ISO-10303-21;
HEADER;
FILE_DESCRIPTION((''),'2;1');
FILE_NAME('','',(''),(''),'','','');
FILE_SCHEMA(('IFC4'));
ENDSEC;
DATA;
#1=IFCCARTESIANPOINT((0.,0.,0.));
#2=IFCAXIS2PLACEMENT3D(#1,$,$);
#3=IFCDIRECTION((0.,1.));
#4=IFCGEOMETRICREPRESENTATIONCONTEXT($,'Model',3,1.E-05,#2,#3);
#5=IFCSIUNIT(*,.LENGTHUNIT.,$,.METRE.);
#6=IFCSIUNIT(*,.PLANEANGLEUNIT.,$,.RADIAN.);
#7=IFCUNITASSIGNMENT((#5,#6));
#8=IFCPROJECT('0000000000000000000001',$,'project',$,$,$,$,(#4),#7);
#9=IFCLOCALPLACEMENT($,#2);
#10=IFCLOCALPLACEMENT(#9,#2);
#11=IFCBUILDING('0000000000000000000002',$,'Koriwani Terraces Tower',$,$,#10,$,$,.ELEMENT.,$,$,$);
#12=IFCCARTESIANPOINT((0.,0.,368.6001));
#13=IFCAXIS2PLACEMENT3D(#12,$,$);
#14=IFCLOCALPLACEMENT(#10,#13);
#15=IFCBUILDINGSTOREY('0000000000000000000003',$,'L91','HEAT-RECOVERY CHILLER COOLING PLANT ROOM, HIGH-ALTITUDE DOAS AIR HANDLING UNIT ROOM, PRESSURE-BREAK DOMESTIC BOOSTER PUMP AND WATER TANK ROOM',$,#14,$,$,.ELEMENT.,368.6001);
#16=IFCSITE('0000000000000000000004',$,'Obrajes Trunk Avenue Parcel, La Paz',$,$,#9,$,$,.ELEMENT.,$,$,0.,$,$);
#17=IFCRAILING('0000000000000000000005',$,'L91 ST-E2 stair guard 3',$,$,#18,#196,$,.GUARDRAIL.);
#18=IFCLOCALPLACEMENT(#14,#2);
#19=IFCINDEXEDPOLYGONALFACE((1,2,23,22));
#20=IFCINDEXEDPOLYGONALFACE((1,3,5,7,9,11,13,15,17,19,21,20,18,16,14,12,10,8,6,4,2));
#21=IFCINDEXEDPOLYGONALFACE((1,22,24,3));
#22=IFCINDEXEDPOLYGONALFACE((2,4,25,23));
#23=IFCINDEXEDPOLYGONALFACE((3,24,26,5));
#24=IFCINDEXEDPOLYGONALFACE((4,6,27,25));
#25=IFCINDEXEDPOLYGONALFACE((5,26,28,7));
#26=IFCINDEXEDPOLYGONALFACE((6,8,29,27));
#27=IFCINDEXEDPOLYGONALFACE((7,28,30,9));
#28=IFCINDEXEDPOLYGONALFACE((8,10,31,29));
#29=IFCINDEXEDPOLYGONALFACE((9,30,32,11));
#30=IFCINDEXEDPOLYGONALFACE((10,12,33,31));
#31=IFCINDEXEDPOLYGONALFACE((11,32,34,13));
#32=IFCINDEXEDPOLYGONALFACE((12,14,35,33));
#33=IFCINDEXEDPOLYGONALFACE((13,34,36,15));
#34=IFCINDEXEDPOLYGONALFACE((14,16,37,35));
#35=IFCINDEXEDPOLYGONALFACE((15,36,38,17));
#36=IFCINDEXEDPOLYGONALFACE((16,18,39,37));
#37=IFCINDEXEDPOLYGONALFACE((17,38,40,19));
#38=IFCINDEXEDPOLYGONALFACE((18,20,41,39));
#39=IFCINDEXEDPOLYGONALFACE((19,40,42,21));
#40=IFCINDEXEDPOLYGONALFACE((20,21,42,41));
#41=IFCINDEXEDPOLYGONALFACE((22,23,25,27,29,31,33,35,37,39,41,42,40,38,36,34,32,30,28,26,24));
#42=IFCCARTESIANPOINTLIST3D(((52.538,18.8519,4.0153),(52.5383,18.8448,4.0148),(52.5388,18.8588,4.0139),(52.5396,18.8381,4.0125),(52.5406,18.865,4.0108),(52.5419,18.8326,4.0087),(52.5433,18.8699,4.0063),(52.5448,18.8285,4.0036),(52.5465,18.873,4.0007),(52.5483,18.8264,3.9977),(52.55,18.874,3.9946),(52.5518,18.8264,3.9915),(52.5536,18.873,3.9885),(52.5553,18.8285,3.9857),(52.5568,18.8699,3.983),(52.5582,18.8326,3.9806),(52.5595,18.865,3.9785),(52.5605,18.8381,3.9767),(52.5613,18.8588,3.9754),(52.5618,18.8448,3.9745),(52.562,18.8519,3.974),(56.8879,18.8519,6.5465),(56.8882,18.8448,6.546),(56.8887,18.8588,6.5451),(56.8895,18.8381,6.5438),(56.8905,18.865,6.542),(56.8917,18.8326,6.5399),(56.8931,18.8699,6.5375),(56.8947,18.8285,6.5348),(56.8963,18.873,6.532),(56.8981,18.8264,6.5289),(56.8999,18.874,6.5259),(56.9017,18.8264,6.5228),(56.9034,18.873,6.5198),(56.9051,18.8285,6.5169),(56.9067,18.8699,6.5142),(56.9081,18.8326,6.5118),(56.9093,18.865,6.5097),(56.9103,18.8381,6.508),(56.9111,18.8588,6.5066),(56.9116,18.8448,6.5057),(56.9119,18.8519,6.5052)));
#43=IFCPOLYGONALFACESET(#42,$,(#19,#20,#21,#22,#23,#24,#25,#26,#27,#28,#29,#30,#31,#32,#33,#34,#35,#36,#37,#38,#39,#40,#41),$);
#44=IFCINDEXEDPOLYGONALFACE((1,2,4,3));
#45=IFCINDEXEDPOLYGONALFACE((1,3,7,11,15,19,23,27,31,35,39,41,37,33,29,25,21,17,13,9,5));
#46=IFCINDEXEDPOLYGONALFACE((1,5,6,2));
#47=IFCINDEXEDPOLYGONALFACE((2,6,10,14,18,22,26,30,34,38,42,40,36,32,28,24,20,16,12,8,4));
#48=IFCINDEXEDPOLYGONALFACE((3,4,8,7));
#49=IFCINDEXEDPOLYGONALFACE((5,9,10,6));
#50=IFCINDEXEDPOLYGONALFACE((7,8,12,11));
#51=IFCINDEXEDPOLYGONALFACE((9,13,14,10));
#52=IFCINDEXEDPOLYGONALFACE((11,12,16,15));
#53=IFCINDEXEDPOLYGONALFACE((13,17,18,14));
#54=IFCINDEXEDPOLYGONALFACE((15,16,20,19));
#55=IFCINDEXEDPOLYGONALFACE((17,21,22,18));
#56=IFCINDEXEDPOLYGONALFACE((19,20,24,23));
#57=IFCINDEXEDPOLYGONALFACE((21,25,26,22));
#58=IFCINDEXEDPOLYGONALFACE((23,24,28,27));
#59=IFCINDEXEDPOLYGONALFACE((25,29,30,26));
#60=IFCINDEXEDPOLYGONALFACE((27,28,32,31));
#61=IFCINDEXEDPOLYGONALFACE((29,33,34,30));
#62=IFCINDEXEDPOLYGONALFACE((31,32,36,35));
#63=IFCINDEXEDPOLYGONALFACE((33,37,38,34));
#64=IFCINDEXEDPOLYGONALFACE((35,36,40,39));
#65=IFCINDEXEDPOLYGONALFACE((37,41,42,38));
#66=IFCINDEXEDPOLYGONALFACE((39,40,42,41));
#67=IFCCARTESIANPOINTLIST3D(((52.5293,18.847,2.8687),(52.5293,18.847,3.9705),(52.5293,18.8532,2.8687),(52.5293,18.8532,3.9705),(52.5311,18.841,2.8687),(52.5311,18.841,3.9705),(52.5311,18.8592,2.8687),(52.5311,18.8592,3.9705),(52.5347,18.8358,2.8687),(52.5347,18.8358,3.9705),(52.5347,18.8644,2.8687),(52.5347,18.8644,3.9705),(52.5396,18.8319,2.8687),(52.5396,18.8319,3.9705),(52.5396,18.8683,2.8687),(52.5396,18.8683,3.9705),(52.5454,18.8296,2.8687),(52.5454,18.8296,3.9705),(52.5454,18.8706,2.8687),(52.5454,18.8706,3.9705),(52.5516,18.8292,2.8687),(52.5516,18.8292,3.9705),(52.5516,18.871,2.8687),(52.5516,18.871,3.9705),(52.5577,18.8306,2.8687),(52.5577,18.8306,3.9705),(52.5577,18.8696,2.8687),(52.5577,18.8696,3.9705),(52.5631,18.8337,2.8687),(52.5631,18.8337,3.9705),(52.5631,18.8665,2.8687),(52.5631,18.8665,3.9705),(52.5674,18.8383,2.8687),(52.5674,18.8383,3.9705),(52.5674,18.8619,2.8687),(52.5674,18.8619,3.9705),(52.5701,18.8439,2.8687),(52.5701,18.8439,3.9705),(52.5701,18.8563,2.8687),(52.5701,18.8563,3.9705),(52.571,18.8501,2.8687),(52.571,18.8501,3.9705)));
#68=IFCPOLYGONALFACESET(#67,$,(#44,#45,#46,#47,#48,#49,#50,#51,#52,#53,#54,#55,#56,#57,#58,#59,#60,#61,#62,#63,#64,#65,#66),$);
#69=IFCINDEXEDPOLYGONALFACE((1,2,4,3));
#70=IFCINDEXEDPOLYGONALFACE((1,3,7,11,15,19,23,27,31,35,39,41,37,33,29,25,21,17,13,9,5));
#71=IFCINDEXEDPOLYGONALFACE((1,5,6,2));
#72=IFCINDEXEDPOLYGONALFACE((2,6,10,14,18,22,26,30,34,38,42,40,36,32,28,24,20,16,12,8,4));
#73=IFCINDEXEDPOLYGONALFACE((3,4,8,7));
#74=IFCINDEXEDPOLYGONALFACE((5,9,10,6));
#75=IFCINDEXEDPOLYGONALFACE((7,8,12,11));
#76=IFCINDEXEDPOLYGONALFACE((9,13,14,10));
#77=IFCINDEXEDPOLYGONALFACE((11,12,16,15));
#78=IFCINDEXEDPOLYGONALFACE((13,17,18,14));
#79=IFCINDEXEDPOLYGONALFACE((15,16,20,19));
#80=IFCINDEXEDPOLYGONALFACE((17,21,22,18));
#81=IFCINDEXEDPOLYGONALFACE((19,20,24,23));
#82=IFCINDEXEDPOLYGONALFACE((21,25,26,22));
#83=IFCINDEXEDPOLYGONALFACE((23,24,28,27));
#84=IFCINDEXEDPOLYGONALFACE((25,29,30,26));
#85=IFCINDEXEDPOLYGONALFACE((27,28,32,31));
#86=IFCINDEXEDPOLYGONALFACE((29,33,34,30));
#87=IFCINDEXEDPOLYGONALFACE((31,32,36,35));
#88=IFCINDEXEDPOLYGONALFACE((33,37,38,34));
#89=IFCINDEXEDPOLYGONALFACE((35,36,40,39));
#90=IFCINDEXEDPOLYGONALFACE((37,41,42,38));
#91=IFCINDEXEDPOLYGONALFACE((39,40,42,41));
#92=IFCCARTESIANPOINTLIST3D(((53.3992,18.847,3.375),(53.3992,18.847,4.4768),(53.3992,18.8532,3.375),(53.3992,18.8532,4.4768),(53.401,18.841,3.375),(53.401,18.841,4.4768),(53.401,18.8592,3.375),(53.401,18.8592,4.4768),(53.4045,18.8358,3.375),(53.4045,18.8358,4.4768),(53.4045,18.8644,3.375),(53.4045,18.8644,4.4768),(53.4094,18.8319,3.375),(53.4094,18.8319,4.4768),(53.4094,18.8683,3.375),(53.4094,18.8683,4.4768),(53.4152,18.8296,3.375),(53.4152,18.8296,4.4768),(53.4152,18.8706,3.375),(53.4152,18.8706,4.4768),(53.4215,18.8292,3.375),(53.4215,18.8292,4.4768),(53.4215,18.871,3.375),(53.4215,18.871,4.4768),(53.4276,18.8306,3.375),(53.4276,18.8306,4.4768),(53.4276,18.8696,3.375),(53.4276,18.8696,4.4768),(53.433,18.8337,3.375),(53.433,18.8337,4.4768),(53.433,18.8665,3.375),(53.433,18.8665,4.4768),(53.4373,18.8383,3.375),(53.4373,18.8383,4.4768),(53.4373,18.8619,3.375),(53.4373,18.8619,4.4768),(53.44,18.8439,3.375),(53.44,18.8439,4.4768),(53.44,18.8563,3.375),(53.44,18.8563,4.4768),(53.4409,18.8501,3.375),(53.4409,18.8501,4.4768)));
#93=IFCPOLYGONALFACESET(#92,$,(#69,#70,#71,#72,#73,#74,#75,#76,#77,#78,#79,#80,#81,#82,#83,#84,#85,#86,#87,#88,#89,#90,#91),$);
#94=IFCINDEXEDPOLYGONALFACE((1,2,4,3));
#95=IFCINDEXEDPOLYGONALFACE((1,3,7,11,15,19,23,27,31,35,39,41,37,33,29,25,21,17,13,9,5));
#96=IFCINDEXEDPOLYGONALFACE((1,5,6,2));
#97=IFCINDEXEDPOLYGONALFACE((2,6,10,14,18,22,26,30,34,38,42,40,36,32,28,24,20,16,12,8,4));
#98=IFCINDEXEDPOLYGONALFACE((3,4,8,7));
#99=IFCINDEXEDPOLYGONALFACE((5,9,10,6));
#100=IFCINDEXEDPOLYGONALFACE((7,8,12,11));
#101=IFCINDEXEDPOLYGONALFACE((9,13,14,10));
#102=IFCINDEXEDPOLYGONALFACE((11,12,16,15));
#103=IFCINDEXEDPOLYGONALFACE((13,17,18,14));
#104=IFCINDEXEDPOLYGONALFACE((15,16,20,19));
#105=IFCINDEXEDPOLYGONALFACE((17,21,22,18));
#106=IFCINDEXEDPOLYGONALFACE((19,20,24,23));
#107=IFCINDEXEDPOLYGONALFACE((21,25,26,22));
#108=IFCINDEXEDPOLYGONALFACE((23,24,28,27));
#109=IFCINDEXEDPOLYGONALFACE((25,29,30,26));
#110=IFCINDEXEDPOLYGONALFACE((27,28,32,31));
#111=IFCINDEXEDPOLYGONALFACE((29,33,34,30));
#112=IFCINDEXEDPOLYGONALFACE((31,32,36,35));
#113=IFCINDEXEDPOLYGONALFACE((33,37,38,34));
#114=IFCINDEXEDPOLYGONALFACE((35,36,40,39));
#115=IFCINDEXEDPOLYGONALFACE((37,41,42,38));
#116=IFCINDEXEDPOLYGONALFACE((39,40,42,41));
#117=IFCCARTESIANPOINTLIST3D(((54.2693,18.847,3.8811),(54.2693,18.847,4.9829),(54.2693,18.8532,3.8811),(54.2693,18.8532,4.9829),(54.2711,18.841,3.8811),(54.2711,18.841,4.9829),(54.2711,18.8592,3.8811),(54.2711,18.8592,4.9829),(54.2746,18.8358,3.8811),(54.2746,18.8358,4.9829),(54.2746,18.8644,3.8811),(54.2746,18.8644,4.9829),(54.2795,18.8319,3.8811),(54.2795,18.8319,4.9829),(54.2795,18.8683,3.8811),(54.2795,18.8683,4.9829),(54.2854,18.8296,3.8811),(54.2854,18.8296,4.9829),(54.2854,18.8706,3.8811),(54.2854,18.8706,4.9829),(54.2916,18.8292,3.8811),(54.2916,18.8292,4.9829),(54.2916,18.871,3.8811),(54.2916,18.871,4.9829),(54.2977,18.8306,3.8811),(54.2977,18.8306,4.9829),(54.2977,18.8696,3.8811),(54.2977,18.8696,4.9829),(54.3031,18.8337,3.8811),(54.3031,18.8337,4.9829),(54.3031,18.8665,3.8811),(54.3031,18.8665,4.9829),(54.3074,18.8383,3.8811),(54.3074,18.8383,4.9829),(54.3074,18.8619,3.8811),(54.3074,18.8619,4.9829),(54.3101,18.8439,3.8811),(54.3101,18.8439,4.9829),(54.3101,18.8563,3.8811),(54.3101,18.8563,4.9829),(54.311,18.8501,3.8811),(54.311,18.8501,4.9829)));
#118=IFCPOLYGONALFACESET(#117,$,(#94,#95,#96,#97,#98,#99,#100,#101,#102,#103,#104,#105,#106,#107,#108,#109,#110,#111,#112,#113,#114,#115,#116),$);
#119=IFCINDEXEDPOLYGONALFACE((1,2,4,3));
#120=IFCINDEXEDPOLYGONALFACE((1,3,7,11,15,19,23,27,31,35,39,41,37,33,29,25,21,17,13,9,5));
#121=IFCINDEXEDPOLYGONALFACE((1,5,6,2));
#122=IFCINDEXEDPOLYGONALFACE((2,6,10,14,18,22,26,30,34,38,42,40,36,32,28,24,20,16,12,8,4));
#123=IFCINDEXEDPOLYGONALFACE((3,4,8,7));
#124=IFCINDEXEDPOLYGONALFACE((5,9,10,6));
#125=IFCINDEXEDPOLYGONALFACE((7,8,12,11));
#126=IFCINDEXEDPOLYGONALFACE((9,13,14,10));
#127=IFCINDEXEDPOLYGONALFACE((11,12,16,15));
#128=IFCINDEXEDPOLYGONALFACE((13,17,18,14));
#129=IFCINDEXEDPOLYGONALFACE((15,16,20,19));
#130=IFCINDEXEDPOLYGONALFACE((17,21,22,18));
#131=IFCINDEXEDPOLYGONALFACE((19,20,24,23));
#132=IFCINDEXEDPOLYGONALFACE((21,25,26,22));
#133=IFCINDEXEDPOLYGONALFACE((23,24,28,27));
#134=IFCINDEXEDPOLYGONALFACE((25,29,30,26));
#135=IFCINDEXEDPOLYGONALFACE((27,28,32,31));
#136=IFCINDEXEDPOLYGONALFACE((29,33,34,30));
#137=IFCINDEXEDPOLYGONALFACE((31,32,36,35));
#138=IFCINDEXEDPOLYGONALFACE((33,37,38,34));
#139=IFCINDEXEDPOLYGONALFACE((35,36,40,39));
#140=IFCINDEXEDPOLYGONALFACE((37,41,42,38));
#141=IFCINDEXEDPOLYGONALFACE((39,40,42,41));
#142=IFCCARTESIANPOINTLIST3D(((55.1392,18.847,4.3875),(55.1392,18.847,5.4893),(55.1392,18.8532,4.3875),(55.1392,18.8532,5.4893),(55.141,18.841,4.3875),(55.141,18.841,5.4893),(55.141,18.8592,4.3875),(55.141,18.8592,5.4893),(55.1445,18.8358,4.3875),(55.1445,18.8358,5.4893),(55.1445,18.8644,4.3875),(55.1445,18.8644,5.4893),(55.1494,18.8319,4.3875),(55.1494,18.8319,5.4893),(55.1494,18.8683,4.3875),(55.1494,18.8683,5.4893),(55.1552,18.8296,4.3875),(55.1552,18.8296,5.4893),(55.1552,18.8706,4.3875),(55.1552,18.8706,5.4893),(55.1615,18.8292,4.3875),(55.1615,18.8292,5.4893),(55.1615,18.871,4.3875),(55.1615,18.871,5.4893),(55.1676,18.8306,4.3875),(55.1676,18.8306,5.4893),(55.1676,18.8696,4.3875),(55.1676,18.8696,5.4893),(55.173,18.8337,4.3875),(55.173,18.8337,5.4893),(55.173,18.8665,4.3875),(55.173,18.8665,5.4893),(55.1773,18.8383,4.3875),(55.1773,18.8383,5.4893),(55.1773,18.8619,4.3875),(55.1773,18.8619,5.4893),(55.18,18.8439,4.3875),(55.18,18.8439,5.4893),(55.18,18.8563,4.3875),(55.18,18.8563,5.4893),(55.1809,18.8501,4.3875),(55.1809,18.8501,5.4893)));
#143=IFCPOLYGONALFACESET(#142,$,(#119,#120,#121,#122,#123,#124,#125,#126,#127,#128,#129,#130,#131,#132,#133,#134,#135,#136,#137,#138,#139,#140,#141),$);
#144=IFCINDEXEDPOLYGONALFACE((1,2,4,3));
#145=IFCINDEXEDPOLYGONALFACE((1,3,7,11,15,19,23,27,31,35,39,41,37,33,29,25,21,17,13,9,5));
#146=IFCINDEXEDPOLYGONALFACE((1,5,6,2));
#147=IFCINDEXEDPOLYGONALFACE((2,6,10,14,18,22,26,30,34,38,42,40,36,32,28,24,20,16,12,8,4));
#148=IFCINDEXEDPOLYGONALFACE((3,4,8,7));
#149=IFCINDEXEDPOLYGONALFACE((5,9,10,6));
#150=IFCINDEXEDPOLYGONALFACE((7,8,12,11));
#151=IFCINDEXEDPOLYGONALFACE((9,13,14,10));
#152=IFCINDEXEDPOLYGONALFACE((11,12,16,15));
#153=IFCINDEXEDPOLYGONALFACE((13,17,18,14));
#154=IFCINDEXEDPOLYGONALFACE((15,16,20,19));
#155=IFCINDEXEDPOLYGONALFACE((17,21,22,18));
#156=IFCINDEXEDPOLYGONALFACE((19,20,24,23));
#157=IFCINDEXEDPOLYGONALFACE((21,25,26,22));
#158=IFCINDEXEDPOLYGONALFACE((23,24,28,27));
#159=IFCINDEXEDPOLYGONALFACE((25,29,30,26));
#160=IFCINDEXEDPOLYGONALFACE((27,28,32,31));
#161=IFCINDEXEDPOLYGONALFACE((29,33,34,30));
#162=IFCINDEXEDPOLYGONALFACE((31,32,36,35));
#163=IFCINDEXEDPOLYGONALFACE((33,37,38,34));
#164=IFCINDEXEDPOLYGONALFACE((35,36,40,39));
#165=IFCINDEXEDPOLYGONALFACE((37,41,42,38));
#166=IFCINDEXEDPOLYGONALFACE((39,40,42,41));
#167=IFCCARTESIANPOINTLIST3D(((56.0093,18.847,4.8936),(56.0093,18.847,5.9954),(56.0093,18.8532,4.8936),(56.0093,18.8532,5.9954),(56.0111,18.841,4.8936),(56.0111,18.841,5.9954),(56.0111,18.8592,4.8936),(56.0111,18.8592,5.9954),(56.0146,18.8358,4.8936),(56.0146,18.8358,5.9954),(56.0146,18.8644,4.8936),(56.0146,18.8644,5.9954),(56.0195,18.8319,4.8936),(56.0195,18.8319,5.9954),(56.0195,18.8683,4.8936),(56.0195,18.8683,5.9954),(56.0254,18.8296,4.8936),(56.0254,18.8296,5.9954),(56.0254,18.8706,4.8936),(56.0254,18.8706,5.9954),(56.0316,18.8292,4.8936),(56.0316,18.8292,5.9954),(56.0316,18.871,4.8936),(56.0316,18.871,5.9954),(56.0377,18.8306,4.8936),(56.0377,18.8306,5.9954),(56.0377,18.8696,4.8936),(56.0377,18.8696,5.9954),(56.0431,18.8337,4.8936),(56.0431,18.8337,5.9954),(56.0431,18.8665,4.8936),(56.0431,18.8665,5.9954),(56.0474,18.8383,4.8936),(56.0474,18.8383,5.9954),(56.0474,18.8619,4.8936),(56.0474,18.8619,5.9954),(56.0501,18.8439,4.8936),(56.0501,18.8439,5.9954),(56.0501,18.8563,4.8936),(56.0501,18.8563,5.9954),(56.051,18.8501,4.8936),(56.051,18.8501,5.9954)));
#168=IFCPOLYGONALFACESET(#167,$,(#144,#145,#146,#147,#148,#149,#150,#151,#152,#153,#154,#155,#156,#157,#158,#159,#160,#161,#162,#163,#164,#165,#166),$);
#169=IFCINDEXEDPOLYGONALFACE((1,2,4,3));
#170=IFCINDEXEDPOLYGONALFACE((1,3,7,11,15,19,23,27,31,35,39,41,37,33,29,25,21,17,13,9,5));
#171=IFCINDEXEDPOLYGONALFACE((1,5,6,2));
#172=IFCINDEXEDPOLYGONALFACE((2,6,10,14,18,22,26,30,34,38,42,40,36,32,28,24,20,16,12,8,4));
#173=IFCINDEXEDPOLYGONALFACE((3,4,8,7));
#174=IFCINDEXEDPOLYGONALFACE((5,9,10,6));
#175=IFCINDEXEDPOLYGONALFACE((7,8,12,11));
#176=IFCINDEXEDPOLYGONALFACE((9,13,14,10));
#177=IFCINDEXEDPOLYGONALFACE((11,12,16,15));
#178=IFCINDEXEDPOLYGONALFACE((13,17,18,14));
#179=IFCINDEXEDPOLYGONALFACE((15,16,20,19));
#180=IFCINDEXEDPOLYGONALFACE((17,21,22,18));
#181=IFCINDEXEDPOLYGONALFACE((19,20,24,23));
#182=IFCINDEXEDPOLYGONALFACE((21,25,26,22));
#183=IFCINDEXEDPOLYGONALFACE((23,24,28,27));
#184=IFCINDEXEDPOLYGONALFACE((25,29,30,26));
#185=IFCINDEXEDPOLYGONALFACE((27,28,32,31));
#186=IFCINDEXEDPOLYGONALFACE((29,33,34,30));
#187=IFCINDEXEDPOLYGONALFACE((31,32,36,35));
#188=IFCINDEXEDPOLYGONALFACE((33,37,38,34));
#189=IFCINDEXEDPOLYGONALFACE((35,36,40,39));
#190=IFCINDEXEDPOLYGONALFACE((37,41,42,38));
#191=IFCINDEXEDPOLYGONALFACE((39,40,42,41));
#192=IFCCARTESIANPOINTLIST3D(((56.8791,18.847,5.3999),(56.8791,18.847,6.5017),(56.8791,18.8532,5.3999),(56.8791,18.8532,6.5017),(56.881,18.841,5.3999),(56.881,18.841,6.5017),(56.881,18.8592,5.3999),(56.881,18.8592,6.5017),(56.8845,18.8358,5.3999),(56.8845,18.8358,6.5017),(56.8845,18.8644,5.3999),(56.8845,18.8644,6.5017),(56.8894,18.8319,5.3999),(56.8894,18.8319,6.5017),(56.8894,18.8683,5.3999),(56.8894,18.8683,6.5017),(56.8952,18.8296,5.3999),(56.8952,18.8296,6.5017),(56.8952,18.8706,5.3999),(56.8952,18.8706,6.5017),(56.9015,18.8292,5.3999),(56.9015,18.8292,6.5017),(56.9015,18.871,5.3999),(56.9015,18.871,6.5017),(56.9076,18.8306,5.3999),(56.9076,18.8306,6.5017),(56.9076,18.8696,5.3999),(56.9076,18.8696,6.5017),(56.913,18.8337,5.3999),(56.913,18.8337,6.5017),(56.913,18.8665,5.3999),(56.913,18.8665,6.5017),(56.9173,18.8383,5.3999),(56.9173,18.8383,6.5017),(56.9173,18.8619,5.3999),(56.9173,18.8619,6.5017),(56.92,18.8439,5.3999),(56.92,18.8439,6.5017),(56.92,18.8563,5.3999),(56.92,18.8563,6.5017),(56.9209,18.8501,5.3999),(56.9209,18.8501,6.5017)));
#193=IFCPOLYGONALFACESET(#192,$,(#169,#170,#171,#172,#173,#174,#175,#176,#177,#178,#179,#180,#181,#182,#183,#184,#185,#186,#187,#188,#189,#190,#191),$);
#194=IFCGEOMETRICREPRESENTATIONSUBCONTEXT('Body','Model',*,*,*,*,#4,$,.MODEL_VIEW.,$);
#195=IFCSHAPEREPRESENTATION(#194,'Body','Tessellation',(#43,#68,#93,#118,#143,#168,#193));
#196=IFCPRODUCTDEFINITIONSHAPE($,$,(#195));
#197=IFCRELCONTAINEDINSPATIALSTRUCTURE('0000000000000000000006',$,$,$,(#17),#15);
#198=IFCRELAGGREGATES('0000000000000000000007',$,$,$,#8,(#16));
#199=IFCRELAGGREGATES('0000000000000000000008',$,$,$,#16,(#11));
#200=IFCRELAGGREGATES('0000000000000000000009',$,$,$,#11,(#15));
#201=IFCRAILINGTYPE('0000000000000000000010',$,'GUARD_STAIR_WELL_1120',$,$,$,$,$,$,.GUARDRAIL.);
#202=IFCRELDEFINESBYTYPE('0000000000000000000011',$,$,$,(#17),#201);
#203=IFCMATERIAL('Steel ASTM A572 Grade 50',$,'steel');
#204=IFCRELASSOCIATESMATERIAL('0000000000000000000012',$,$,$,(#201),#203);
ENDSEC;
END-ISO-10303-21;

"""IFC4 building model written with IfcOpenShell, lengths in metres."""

from ifc_helpers import new_model, si_unit, direction, frame, origin, origin_2d, place, context, subcontext, project, spatial, circle, extrude, material, type_object, element, save


model = new_model("IFC4")

# Units and contexts
model_context = context("Model", 3, precision=1e-05, world=origin(), true_north=direction((0.0, 1.0)))
body_context = subcontext(model_context, "Body", "Model", "MODEL_VIEW")
ifc_project = project(units=[si_unit("LENGTHUNIT", "METRE"), si_unit("PLANEANGLEUNIT", "RADIAN")], contexts=[model_context])

# Site, building, storey
site_placement = place(None, origin())
site = spatial("IfcSite", under=ifc_project, at=site_placement, Name="Obrajes Trunk Avenue Parcel, La Paz", CompositionType="ELEMENT", RefElevation=0.0)
building_placement = place(site_placement, origin())
building = spatial("IfcBuilding", under=site, at=building_placement, Name="Koriwani Terraces Tower", CompositionType="ELEMENT")
storey_placement = place(building_placement, frame((0.0, 0.0, 368.6001)))
storey = spatial("IfcBuildingStorey", under=building, at=storey_placement, Name="L91", Description="HEAT-RECOVERY CHILLER COOLING PLANT ROOM, HIGH-ALTITUDE DOAS AIR HANDLING UNIT ROOM, PRESSURE-BREAK DOMESTIC BOOSTER PUMP AND WATER TANK ROOM", CompositionType="ELEMENT", Elevation=368.6001)

# Shared definitions
ifc_material_1 = material(Name="Steel ASTM A572 Grade 50", Category="steel")

# Railing
railing_type_1 = type_object("IfcRailingType", Name="GUARD_STAIR_WELL_1120", PredefinedType="GUARDRAIL", material=ifc_material_1)
railing_1_placement = place(storey_placement, frame((52.55, 18.8501, 2.8687)))
element("IfcRailing", 1, at=railing_1_placement, inside=storey, type_object=railing_type_1, Name="L91 ST-E2 stair guard 3", PredefinedType="GUARDRAIL", context=body_context, shape_type="SweptSolid", body=[
    extrude(circle(Radius=0.0239, at=origin_2d()), frame((0.0, 0.0, 1.126), z_axis=(0.864312, 0.0, 0.502957), x_axis=(0.0, 1.0, 0.0)), (0.0, 0.0, 1.0), 5.0327),
    extrude(circle(Radius=0.021, at=origin_2d()), origin(), (0.0, 0.0, 1.0), 1.1018),
    extrude(circle(Radius=0.021, at=origin_2d()), frame((0.8699, 0.0, 0.5063)), (0.0, 0.0, 1.0), 1.1018),
    extrude(circle(Radius=0.021, at=origin_2d()), frame((1.74, 0.0, 1.0125)), (0.0, 0.0, 1.0), 1.1018),
    extrude(circle(Radius=0.021, at=origin_2d()), frame((2.6099, 0.0, 1.5188)), (0.0, 0.0, 1.0), 1.1018),
    extrude(circle(Radius=0.021, at=origin_2d()), frame((3.48, 0.0, 2.0249)), (0.0, 0.0, 1.0), 1.1018),
    extrude(circle(Radius=0.021, at=origin_2d()), frame((4.3499, 0.0, 2.5312)), (0.0, 0.0, 1.0), 1.1018),
])

save(model, "model.ifc")
